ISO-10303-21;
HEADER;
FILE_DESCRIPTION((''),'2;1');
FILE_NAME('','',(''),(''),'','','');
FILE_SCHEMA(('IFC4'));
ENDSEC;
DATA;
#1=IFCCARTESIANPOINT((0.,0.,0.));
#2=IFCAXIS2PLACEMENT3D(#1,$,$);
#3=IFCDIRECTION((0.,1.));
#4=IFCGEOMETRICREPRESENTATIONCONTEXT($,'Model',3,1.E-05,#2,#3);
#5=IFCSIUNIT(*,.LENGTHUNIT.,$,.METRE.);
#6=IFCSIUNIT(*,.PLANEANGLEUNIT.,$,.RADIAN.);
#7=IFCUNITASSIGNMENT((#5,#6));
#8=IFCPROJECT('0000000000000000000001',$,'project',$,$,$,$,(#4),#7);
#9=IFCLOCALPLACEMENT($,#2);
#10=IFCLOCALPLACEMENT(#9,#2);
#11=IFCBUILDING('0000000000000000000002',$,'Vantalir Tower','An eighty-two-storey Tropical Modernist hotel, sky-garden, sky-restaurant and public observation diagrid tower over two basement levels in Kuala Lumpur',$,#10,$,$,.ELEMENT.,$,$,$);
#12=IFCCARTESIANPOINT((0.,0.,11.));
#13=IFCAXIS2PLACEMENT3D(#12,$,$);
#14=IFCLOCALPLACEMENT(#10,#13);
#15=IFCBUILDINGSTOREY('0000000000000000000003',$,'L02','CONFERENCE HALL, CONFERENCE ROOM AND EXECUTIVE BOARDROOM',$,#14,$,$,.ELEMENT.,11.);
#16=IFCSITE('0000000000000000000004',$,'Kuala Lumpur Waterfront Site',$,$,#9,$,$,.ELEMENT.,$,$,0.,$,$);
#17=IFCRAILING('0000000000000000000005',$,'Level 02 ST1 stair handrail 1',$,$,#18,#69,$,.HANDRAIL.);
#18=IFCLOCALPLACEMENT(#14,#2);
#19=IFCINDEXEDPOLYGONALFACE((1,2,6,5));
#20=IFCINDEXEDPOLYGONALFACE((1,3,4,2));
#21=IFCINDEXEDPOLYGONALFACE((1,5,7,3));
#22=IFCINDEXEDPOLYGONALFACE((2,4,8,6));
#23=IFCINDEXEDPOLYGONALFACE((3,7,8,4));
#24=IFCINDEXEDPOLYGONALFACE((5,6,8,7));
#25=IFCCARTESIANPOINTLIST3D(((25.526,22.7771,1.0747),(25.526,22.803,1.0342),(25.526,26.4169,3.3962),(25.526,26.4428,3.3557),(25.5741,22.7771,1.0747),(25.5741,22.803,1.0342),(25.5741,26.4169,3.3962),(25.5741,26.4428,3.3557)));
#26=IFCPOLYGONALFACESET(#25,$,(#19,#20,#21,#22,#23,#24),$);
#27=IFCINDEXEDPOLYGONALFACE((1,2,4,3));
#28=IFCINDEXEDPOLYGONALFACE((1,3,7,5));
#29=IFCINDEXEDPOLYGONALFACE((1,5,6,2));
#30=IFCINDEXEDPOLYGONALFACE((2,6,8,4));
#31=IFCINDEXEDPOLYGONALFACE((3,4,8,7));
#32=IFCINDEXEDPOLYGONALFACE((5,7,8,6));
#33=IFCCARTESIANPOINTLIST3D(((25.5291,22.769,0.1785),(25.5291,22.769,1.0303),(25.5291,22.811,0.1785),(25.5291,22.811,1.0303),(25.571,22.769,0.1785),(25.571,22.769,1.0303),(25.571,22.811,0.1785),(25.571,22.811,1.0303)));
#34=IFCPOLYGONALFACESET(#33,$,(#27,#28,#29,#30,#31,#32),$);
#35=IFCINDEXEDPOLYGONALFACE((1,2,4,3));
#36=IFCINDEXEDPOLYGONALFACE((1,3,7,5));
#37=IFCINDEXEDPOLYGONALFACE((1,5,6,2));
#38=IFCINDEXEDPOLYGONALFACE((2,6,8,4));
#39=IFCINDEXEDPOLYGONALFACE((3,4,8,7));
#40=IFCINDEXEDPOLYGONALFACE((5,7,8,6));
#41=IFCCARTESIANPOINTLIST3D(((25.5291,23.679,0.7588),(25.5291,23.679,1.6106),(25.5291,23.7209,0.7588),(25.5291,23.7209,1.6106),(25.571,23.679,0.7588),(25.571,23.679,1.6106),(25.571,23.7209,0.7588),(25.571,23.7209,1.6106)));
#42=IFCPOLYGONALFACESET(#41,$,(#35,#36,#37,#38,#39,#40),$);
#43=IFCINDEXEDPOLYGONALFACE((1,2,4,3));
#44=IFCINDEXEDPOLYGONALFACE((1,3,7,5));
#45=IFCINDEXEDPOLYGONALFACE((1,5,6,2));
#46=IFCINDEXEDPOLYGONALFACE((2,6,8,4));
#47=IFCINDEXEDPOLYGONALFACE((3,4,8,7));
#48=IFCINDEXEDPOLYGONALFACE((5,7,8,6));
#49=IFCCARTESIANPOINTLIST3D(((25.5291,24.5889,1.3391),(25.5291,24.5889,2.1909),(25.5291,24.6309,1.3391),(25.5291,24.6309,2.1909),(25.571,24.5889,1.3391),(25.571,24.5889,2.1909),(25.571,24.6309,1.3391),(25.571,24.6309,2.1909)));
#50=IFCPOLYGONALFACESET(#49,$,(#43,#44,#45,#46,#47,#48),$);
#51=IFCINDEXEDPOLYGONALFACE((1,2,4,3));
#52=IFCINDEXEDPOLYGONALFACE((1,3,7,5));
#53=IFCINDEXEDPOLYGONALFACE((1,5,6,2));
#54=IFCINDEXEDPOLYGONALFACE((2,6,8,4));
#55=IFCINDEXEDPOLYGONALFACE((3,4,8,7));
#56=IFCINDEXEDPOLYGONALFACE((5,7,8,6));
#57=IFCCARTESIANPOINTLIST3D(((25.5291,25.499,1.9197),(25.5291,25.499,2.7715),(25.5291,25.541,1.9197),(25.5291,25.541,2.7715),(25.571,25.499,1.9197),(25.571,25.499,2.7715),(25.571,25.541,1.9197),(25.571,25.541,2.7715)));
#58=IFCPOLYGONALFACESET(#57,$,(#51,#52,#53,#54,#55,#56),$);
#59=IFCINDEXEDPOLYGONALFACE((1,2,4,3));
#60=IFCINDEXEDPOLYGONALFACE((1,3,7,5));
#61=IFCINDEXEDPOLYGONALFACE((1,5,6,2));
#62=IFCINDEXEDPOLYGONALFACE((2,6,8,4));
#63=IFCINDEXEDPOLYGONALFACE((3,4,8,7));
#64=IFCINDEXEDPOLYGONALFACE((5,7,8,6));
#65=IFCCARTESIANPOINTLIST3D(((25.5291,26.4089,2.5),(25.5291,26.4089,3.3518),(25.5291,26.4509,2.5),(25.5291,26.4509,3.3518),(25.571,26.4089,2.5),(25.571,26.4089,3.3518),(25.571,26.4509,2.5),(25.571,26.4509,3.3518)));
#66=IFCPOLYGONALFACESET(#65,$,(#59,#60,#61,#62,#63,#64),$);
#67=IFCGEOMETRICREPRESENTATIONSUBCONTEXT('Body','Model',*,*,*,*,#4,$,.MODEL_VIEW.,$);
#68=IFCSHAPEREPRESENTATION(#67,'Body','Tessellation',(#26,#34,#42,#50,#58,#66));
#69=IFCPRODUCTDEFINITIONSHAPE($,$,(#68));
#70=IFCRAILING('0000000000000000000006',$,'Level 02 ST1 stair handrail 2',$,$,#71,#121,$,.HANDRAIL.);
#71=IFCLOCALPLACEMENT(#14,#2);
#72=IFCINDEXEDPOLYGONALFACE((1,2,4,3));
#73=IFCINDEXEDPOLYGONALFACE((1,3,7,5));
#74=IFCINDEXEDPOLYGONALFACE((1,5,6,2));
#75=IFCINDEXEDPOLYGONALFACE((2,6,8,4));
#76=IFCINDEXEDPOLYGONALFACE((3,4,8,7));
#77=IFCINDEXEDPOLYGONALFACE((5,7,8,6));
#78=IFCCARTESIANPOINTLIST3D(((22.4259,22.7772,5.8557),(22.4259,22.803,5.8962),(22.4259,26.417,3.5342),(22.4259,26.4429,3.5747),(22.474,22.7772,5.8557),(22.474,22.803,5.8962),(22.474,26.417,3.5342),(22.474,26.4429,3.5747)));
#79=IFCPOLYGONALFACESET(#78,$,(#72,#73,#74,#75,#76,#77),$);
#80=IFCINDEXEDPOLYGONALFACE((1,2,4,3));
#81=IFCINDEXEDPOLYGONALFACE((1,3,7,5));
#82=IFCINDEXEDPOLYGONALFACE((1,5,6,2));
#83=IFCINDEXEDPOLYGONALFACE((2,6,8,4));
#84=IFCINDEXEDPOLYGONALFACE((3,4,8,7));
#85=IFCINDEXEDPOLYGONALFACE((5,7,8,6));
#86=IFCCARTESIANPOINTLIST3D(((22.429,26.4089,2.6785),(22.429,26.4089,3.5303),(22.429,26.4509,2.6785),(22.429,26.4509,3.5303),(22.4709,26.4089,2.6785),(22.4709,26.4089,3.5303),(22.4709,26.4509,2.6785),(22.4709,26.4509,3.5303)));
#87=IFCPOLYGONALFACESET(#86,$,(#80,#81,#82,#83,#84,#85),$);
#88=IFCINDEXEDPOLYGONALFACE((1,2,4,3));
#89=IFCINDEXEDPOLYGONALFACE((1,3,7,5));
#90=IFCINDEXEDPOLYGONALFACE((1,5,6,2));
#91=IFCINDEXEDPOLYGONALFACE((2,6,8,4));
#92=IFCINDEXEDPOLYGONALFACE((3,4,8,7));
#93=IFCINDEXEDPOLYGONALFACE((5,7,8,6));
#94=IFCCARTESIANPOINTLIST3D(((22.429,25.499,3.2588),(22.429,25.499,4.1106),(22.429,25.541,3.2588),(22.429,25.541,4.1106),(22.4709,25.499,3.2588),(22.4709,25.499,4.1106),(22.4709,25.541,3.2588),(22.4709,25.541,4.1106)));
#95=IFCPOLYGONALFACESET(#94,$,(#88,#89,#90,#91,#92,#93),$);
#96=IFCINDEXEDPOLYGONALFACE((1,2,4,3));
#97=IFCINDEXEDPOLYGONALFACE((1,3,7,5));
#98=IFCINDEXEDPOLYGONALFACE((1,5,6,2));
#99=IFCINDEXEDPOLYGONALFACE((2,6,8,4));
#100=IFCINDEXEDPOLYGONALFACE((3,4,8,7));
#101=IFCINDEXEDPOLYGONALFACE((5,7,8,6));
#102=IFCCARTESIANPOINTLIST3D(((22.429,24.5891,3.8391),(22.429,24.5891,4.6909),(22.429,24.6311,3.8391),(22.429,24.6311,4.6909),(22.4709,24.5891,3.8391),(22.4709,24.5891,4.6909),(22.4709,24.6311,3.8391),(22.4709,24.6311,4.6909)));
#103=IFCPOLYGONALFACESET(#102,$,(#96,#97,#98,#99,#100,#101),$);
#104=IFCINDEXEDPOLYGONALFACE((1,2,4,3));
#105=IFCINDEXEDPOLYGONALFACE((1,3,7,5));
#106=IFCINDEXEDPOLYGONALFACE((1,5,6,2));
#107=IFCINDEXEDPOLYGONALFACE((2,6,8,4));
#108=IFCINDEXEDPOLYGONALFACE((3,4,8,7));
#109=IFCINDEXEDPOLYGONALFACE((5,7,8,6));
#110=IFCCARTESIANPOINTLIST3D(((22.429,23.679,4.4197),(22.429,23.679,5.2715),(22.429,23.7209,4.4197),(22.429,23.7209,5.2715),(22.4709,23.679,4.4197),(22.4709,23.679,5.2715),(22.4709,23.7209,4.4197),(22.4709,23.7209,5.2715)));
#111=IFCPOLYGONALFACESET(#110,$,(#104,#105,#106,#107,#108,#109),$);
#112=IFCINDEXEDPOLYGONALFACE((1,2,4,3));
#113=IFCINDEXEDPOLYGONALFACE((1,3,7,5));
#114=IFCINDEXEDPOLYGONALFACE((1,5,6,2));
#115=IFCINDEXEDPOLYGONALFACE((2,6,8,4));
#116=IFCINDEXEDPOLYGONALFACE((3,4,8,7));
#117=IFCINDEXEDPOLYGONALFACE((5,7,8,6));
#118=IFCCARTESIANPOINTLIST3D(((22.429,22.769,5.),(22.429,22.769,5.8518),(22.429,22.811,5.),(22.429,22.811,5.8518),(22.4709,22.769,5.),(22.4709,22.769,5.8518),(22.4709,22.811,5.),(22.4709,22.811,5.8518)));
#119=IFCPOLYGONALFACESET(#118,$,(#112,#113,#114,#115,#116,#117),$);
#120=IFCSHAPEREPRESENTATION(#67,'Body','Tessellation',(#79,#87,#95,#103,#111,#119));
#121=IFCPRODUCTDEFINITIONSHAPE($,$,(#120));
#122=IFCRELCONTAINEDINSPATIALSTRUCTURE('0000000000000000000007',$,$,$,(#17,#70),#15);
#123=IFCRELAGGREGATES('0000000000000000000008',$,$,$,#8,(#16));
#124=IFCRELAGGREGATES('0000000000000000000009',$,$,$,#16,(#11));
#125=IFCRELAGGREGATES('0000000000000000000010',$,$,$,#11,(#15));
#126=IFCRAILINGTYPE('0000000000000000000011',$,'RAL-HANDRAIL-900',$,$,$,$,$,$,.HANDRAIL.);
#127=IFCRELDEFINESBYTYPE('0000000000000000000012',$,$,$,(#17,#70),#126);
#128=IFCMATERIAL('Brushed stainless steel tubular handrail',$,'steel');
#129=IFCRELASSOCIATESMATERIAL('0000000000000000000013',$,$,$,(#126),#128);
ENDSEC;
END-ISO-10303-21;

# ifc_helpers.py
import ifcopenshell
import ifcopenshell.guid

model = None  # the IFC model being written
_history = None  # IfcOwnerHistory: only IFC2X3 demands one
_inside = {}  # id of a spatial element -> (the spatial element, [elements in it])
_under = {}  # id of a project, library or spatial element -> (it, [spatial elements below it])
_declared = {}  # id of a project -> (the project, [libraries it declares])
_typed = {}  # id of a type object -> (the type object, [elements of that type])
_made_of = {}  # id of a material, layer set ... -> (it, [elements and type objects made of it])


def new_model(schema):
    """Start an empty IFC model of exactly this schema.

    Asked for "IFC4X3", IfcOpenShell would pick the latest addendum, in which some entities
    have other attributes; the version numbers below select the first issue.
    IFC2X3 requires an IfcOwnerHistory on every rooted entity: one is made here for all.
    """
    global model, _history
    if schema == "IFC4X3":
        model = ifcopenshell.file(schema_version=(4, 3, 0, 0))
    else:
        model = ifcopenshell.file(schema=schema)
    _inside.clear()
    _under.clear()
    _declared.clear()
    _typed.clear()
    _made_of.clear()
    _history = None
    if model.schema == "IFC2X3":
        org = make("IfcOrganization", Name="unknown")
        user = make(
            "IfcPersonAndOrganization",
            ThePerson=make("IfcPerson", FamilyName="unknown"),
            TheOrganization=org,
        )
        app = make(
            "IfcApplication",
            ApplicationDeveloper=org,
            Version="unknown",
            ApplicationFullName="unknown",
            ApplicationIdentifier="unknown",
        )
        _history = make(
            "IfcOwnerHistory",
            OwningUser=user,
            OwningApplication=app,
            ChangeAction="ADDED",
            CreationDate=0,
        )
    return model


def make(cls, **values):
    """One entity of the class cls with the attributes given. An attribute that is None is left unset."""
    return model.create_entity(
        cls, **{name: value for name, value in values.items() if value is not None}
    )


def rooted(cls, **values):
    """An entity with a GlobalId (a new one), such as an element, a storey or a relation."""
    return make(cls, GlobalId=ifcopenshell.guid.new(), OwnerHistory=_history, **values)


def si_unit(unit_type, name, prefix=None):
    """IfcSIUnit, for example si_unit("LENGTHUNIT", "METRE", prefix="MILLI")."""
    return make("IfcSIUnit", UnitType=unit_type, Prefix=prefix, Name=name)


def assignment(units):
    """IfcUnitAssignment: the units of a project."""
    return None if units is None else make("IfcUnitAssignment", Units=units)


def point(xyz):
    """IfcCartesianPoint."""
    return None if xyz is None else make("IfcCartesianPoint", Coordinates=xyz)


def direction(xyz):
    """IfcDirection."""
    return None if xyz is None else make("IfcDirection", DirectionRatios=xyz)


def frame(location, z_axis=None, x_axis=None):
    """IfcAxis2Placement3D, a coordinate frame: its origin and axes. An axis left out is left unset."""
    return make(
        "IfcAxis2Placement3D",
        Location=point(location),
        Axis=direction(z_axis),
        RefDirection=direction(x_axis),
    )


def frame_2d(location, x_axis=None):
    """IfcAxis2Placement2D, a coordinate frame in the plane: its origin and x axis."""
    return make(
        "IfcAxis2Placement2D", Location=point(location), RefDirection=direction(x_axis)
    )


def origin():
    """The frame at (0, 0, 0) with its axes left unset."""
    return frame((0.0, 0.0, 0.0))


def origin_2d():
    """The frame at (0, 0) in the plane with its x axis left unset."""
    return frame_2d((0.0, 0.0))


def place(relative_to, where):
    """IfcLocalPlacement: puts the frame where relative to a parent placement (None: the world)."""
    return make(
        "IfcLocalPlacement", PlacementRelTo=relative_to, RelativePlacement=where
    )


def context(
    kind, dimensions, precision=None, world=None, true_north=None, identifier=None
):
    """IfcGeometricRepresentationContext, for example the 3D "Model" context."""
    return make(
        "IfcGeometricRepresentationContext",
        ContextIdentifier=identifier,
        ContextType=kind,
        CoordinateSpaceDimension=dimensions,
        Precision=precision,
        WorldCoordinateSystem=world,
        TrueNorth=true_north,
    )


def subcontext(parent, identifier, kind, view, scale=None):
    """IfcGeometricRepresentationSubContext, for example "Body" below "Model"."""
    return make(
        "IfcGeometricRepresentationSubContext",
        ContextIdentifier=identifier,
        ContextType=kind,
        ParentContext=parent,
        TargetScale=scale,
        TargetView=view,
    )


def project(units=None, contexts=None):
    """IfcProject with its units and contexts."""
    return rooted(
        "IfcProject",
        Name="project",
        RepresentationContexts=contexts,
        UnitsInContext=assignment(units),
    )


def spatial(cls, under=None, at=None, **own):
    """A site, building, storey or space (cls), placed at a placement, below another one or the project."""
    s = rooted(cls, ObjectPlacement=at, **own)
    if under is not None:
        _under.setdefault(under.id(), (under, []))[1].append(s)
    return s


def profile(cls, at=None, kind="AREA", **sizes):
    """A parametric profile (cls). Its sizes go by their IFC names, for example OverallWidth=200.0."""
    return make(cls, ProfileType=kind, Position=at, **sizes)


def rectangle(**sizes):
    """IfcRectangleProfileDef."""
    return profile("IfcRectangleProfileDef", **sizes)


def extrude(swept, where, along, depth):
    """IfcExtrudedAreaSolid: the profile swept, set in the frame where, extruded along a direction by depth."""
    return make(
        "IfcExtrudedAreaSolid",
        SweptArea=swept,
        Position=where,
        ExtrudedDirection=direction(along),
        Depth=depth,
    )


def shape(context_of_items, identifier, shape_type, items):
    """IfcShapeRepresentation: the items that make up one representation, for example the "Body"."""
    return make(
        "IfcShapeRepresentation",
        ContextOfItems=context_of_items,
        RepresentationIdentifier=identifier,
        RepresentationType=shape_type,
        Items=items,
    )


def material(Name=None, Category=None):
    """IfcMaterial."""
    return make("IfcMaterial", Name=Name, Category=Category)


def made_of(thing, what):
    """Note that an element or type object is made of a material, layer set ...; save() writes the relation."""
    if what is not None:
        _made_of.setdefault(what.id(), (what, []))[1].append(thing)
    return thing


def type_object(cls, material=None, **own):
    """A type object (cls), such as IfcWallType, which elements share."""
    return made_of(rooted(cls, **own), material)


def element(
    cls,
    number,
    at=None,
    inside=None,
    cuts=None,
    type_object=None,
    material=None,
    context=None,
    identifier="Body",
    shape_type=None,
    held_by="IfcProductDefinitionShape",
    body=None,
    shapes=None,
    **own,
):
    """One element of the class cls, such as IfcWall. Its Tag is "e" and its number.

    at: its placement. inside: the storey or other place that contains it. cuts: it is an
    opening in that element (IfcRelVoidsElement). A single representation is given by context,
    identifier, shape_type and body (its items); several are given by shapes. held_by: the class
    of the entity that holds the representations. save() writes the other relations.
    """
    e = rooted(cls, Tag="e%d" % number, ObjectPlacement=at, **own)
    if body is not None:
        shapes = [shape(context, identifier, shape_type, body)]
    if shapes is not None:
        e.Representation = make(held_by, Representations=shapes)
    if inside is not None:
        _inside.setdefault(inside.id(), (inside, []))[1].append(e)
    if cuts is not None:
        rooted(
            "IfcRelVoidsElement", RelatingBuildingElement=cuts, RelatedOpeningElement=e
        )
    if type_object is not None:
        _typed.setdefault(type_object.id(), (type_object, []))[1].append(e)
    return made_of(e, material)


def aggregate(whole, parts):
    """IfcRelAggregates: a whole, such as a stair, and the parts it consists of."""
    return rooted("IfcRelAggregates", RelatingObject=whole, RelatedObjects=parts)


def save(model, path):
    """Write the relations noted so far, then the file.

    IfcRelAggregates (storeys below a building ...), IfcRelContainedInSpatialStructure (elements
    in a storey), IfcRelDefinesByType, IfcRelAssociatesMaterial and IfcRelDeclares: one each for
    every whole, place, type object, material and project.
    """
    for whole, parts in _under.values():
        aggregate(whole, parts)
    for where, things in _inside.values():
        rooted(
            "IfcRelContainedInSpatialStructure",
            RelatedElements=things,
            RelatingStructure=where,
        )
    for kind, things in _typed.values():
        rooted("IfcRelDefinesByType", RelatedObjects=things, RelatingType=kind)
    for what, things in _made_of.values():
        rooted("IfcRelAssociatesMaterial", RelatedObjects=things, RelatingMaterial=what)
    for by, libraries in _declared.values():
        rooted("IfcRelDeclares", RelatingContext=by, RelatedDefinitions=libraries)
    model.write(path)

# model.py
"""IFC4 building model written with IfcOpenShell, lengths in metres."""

from ifc_helpers import new_model, si_unit, direction, frame, origin, origin_2d, place, context, subcontext, project, spatial, rectangle, extrude, material, type_object, element, save


model = new_model("IFC4")

# Units and contexts
model_context = context("Model", 3, precision=1e-05, world=origin(), true_north=direction((0.0, 1.0)))
body_context = subcontext(model_context, "Body", "Model", "MODEL_VIEW")
ifc_project = project(units=[si_unit("LENGTHUNIT", "METRE"), si_unit("PLANEANGLEUNIT", "RADIAN")], contexts=[model_context])

# Site, building, storey
site_placement = place(None, origin())
site = spatial("IfcSite", under=ifc_project, at=site_placement, Name="Kuala Lumpur Waterfront Site", CompositionType="ELEMENT", RefElevation=0.0)
building_placement = place(site_placement, origin())
building = spatial("IfcBuilding", under=site, at=building_placement, Name="Vantalir Tower", Description="An eighty-two-storey Tropical Modernist hotel, sky-garden, sky-restaurant and public observation diagrid tower over two basement levels in Kuala Lumpur", CompositionType="ELEMENT")
storey_placement = place(building_placement, frame((0.0, 0.0, 11.0)))
storey = spatial("IfcBuildingStorey", under=building, at=storey_placement, Name="L02", Description="CONFERENCE HALL, CONFERENCE ROOM AND EXECUTIVE BOARDROOM", CompositionType="ELEMENT", Elevation=11.0)

# Railings
ifc_material_1 = material(Name="Brushed stainless steel tubular handrail", Category="steel")
railing_type_1 = type_object("IfcRailingType", Name="RAL-HANDRAIL-900", PredefinedType="HANDRAIL", material=ifc_material_1)
railing_1_placement = place(storey_placement, frame((25.55, 22.79, 0.1785)))
element("IfcRailing", 1, at=railing_1_placement, inside=storey, type_object=railing_type_1, Name="Level 02 ST1 stair handrail 1", PredefinedType="HANDRAIL", context=body_context, shape_type="SweptSolid", body=[
    extrude(rectangle(XDim=0.0481, YDim=0.0481, at=origin_2d()), frame((0.0, 0.0, 0.876), z_axis=(0.0, 0.843112, 0.537739), x_axis=(-1.0, 0.0, 0.0)), (0.0, 0.0, 1.0), 4.3171),
    extrude(rectangle(XDim=0.042, YDim=0.042, at=origin_2d()), origin(), (0.0, 0.0, 1.0), 0.8518),
    extrude(rectangle(XDim=0.042, YDim=0.042, at=origin_2d()), frame((0.0, 0.9099, 0.5803)), (0.0, 0.0, 1.0), 0.8518),
    extrude(rectangle(XDim=0.042, YDim=0.042, at=origin_2d()), frame((0.0, 1.8198, 1.1606)), (0.0, 0.0, 1.0), 0.8518),
    extrude(rectangle(XDim=0.042, YDim=0.042, at=origin_2d()), frame((0.0, 2.73, 1.7412)), (0.0, 0.0, 1.0), 0.8518),
    extrude(rectangle(XDim=0.042, YDim=0.042, at=origin_2d()), frame((0.0, 3.6399, 2.3215)), (0.0, 0.0, 1.0), 0.8518),
])
railing_2_placement = place(storey_placement, frame((22.45, 26.4299, 2.6785)))
element("IfcRailing", 2, at=railing_2_placement, inside=storey, type_object=railing_type_1, Name="Level 02 ST1 stair handrail 2", PredefinedType="HANDRAIL", context=body_context, shape_type="SweptSolid", body=[
    extrude(rectangle(XDim=0.0481, YDim=0.0481, at=origin_2d()), frame((0.0, 0.0, 0.876), z_axis=(0.0, -0.843112, 0.537739), x_axis=(1.0, 0.0, 0.0)), (0.0, 0.0, 1.0), 4.3171),
    extrude(rectangle(XDim=0.042, YDim=0.042, at=origin_2d()), origin(), (0.0, 0.0, 1.0), 0.8518),
    extrude(rectangle(XDim=0.042, YDim=0.042, at=origin_2d()), frame((0.0, -0.9099, 0.5803)), (0.0, 0.0, 1.0), 0.8518),
    extrude(rectangle(XDim=0.042, YDim=0.042, at=origin_2d()), frame((0.0, -1.8198, 1.1606)), (0.0, 0.0, 1.0), 0.8518),
    extrude(rectangle(XDim=0.042, YDim=0.042, at=origin_2d()), frame((0.0, -2.73, 1.7412)), (0.0, 0.0, 1.0), 0.8518),
    extrude(rectangle(XDim=0.042, YDim=0.042, at=origin_2d()), frame((0.0, -3.6399, 2.3215)), (0.0, 0.0, 1.0), 0.8518),
])

save(model, "model.ifc")
